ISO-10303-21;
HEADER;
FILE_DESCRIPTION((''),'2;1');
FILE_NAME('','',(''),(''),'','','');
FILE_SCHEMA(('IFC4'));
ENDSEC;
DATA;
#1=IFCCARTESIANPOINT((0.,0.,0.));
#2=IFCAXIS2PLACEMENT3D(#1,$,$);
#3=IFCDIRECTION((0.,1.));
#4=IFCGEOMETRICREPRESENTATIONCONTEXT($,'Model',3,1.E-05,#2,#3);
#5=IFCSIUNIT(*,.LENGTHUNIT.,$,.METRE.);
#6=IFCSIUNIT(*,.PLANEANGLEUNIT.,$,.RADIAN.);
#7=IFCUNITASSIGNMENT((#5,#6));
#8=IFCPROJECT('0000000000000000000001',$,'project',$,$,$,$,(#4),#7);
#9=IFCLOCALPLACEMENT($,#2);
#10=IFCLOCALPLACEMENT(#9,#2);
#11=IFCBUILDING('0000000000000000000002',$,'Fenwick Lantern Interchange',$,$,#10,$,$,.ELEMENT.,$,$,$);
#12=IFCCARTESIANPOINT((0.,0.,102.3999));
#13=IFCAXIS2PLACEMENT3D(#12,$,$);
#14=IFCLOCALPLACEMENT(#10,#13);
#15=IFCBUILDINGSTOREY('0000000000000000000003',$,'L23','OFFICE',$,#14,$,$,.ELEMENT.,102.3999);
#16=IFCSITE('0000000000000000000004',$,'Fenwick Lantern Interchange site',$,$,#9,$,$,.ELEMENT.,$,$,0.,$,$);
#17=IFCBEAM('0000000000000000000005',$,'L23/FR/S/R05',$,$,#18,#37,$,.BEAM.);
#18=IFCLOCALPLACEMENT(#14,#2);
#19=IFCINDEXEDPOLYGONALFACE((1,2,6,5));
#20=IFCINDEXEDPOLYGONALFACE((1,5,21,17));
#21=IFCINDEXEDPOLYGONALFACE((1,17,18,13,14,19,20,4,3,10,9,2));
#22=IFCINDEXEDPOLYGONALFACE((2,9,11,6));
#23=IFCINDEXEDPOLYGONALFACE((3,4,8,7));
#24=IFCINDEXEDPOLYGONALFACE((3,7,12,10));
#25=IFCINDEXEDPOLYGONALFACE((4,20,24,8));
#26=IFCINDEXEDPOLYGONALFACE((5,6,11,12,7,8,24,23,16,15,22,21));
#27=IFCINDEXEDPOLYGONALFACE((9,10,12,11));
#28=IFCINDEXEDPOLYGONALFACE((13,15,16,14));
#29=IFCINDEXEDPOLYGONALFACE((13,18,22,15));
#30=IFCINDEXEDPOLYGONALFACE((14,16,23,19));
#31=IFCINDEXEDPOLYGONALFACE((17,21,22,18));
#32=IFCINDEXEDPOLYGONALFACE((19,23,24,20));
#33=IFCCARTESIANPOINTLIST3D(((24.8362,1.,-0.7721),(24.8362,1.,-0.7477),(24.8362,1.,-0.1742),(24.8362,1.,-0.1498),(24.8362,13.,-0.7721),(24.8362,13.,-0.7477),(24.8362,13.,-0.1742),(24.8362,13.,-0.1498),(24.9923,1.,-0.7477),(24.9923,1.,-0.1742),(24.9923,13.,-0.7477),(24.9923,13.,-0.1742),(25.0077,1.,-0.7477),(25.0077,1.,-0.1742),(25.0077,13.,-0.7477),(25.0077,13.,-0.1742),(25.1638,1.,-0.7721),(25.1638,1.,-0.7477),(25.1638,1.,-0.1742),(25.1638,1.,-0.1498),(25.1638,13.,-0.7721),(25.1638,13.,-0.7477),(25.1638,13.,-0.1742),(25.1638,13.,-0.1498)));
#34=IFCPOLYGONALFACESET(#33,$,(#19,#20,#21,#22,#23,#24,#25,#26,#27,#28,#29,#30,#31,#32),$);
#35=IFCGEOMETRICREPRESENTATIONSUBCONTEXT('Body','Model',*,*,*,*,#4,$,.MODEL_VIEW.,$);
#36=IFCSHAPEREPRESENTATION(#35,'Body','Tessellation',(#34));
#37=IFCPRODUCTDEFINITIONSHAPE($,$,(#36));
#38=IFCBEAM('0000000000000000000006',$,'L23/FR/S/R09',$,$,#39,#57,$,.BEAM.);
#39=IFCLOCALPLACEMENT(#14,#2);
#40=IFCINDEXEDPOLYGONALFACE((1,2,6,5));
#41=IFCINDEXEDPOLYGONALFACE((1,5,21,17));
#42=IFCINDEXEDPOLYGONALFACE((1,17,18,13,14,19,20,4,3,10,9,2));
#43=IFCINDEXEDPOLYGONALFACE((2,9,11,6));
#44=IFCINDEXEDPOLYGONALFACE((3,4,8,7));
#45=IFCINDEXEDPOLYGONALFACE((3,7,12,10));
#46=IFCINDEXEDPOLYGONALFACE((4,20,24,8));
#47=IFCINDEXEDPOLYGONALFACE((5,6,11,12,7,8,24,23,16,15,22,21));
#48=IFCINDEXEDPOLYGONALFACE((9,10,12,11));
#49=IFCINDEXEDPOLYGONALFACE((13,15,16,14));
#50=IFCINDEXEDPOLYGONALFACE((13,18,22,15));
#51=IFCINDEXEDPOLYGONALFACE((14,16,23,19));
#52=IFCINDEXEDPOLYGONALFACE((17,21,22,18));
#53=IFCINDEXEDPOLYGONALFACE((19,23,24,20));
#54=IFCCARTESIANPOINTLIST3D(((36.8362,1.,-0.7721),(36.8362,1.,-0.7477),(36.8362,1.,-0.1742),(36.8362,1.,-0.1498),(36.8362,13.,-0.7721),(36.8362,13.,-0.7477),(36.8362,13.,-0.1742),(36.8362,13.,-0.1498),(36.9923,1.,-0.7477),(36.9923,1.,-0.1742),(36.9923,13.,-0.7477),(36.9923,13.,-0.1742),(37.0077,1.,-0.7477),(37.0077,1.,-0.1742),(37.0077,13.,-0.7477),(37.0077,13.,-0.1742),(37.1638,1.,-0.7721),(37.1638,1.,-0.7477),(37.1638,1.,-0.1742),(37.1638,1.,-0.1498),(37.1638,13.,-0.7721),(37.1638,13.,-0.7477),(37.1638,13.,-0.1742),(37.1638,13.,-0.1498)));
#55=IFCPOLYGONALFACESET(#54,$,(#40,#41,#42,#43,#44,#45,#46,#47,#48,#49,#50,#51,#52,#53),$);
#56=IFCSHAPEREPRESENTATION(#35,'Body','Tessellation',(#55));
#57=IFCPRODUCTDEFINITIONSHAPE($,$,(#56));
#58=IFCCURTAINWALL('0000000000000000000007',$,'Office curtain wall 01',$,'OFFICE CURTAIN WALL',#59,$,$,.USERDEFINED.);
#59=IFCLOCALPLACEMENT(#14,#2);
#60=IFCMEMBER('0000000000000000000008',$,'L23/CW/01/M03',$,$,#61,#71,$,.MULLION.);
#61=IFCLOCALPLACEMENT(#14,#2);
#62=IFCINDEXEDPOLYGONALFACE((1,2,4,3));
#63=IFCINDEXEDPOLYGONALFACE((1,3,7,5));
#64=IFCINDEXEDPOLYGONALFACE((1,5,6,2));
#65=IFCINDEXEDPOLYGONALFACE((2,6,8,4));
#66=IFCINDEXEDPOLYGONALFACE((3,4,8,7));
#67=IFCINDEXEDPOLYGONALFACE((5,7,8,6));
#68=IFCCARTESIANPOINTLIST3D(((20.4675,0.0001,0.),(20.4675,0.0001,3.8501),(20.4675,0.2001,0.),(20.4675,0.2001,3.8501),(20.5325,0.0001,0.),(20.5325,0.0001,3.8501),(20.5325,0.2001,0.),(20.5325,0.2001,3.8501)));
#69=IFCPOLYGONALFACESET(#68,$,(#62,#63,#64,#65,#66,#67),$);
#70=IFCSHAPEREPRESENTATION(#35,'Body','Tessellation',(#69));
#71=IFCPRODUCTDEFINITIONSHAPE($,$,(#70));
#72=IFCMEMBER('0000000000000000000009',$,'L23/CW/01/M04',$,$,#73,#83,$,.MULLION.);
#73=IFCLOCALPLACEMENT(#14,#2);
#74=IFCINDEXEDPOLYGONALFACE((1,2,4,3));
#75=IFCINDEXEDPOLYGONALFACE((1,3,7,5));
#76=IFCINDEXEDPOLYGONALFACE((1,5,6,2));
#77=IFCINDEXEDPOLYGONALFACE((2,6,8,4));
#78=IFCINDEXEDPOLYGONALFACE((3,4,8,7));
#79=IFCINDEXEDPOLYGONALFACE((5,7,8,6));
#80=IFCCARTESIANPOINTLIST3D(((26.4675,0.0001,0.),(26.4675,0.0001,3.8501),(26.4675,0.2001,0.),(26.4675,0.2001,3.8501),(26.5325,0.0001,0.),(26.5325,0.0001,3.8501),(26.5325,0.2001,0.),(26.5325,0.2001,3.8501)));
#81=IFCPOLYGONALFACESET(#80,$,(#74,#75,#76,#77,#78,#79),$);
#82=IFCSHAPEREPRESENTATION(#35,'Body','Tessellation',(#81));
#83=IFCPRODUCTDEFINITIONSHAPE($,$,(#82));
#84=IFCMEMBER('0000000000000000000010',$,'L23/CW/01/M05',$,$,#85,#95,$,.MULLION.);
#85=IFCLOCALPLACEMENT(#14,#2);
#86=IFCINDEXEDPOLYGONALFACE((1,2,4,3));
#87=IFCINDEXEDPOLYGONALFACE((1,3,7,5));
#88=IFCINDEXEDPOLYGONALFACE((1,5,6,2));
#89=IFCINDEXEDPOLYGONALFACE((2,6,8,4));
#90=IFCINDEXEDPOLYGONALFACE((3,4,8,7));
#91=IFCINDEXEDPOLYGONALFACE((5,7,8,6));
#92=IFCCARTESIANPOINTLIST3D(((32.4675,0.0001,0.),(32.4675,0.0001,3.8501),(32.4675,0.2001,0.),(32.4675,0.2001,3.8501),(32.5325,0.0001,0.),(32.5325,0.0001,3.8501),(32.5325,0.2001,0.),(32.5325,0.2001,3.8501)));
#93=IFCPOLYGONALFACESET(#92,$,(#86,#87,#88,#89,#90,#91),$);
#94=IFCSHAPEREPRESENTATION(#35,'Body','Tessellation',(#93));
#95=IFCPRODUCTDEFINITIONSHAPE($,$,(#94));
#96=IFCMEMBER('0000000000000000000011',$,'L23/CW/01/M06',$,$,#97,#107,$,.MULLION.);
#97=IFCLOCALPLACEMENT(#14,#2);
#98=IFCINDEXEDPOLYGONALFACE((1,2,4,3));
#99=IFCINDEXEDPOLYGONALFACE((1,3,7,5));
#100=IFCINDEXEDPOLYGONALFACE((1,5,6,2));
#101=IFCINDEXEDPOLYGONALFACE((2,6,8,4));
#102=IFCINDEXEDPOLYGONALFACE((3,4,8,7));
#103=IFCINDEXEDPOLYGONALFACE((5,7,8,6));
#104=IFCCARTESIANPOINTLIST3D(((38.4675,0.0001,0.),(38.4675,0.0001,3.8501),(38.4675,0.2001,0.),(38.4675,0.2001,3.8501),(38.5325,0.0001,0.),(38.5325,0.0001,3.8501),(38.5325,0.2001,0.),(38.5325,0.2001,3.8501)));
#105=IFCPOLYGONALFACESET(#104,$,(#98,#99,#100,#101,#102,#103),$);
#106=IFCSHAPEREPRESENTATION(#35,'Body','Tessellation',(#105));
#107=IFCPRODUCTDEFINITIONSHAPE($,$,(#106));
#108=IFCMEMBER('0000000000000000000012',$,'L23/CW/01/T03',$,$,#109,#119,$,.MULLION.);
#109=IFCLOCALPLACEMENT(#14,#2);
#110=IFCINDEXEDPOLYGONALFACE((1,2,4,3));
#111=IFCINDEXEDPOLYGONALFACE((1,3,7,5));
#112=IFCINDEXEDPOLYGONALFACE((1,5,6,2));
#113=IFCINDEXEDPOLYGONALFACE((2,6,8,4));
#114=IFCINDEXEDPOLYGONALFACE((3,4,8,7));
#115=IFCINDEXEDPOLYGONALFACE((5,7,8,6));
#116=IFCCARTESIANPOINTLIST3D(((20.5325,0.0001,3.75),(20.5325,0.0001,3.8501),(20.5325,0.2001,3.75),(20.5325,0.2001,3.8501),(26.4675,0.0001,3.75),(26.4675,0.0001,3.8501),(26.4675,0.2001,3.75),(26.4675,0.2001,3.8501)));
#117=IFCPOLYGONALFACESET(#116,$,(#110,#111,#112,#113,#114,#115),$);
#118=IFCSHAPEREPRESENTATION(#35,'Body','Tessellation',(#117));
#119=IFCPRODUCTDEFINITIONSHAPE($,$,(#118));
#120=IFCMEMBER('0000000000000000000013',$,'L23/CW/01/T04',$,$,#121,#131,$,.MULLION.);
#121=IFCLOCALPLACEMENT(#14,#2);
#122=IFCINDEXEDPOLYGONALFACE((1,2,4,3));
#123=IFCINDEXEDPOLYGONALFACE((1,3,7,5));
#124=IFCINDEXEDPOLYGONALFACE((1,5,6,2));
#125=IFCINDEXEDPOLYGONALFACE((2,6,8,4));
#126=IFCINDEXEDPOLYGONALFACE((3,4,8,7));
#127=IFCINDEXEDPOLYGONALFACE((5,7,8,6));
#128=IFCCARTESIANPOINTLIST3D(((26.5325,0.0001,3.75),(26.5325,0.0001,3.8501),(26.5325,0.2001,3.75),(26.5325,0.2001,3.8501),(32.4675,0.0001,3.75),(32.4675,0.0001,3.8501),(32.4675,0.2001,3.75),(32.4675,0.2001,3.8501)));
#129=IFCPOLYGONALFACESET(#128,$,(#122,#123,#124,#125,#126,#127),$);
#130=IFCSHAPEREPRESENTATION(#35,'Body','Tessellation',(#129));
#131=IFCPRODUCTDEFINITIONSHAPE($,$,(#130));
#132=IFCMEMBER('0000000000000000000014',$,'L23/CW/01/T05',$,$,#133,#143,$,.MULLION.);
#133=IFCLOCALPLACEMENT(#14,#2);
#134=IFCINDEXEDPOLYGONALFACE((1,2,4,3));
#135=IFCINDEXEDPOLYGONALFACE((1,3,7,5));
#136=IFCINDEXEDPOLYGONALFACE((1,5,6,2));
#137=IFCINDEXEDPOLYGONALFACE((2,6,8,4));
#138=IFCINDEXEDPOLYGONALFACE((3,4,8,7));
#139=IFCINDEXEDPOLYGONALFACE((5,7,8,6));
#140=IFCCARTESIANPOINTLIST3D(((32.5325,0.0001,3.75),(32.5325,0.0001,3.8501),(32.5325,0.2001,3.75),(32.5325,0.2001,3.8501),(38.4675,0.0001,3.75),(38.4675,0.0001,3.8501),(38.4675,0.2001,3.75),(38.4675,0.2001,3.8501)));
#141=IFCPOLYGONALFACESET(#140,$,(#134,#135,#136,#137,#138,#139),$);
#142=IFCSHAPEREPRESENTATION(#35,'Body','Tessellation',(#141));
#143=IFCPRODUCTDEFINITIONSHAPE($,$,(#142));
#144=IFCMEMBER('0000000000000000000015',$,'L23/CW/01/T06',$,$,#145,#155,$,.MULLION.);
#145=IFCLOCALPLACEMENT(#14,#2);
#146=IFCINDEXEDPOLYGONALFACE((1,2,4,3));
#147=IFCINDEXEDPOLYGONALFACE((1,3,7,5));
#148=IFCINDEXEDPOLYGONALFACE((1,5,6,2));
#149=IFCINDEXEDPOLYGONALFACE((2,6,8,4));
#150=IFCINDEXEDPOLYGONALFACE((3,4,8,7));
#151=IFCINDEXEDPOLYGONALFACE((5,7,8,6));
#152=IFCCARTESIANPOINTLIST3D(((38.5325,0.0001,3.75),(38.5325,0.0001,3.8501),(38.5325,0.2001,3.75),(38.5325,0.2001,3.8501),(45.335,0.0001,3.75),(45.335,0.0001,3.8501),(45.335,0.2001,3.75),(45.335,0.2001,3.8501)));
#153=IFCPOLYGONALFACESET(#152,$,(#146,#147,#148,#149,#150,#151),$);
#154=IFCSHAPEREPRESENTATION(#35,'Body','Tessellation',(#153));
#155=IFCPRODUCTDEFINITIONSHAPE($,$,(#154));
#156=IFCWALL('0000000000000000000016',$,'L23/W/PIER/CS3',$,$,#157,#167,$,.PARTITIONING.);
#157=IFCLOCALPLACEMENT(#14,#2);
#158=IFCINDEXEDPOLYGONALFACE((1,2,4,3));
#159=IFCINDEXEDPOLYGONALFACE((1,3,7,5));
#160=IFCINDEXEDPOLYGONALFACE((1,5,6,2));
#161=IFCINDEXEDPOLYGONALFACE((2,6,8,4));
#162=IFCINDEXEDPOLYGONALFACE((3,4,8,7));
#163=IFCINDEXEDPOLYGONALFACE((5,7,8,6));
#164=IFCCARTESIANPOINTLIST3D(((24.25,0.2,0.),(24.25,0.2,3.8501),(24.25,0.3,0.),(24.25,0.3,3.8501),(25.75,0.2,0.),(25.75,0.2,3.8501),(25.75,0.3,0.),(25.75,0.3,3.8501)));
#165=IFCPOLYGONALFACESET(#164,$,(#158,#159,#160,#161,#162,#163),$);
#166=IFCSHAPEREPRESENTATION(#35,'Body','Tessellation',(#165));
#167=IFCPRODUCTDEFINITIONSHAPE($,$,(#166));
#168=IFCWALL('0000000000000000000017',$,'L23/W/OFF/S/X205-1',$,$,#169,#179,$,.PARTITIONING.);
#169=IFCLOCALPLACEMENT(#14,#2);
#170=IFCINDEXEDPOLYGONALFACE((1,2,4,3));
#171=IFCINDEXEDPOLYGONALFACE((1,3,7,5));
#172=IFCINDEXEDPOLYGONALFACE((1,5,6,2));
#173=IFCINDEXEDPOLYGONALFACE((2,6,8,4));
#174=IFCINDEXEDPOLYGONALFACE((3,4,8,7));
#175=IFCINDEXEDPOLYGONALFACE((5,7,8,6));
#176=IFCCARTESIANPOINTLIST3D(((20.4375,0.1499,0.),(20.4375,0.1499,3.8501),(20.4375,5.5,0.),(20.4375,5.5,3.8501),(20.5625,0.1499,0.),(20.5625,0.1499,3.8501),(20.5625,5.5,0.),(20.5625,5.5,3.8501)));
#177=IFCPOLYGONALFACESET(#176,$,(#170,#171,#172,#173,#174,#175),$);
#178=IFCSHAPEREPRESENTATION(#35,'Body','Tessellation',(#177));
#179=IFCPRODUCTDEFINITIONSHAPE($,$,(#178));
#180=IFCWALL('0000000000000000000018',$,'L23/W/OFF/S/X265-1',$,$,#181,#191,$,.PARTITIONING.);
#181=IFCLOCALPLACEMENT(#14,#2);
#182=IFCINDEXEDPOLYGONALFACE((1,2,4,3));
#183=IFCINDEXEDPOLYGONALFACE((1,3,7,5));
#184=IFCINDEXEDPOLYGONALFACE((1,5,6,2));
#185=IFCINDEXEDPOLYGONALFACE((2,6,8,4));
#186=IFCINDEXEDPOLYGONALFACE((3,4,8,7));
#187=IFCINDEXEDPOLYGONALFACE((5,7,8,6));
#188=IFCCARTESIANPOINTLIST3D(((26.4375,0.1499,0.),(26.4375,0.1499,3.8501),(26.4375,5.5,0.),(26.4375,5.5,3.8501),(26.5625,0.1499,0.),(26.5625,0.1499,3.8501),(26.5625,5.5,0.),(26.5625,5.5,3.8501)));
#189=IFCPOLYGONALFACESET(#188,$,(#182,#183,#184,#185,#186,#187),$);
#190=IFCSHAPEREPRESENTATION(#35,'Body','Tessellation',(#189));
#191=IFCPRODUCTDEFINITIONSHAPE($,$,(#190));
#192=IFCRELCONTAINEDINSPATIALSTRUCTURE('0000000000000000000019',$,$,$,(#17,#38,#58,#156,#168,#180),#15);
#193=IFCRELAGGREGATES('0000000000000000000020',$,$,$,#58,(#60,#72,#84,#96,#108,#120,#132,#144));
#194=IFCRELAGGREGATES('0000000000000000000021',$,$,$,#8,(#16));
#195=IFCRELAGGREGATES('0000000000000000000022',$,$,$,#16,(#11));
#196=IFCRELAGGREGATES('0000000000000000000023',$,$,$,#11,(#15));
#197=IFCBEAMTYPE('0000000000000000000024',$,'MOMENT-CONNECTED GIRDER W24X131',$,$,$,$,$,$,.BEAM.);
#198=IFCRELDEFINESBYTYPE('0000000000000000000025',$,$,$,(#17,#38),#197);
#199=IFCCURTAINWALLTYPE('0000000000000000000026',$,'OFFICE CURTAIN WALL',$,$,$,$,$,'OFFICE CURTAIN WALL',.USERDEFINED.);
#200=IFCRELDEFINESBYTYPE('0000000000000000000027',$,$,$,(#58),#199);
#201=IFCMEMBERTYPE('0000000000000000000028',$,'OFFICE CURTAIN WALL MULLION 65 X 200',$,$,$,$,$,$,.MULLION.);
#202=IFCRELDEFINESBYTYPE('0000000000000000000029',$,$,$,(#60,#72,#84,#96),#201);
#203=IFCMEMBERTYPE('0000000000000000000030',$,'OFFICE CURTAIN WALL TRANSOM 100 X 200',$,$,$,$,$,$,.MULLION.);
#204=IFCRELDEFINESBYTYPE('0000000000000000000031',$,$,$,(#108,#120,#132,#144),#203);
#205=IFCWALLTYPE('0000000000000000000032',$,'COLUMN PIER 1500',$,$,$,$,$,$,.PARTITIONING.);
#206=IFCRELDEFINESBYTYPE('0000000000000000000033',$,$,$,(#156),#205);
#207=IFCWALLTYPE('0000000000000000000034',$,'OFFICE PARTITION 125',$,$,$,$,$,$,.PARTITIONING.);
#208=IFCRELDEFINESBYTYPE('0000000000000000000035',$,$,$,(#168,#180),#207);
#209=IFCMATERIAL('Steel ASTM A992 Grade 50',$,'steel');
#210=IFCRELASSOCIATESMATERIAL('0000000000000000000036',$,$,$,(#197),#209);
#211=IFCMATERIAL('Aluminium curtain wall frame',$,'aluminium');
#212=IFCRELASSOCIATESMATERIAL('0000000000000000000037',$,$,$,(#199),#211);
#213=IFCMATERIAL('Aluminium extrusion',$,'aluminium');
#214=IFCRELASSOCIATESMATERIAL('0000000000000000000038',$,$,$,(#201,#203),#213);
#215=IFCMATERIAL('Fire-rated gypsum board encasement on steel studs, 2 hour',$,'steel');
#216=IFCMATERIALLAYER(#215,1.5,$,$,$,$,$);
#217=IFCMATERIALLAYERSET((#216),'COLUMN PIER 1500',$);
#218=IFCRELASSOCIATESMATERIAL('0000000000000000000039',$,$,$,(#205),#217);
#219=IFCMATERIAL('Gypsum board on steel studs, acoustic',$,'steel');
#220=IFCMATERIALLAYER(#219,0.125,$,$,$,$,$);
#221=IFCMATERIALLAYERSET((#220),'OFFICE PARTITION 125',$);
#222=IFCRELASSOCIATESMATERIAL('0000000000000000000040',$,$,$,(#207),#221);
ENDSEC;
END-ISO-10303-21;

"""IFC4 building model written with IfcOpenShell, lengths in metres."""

from ifc_helpers import new_model, si_unit, direction, frame, frame_2d, origin, origin_2d, place, context, subcontext, project, spatial, rectangle, i_section, extrude, material, layer, layer_set, material_profile, profile_set, type_object, element, aggregate, save


model = new_model("IFC4")

# Units and contexts
model_context = context("Model", 3, precision=1e-05, world=origin(), true_north=direction((0.0, 1.0)))
body_context = subcontext(model_context, "Body", "Model", "MODEL_VIEW")
ifc_project = project(units=[si_unit("LENGTHUNIT", "METRE"), si_unit("PLANEANGLEUNIT", "RADIAN")], contexts=[model_context])

# Site, building, storey
site_placement = place(None, origin())
site = spatial("IfcSite", under=ifc_project, at=site_placement, Name="Fenwick Lantern Interchange site", CompositionType="ELEMENT", RefElevation=0.0)
building_placement = place(site_placement, origin())
building = spatial("IfcBuilding", under=site, at=building_placement, Name="Fenwick Lantern Interchange", CompositionType="ELEMENT")
storey_placement = place(building_placement, frame((0.0, 0.0, 102.3999)))
storey = spatial("IfcBuildingStorey", under=building, at=storey_placement, Name="L23", Description="OFFICE", CompositionType="ELEMENT", Elevation=102.3999)

# Beams
ifc_material_1 = material(Name="Steel ASTM A992 Grade 50", Category="steel")
ifc_material_profile_1 = material_profile(ifc_material_1, i_section(OverallWidth=0.3276, OverallDepth=0.6223, WebThickness=0.0154, FlangeThickness=0.0244, at=origin_2d()), Name="W24X131")
ifc_profile_set_1 = profile_set([ifc_material_profile_1], Name="Steel ASTM A992 Grade 50")
beam_type_1 = type_object("IfcBeamType", Name="MOMENT-CONNECTED GIRDER W24X131", PredefinedType="BEAM", material=ifc_profile_set_1)
for number, where, z_axis, x_axis, name in (
    (1, (25.0, 1.0, -0.4609), (0.0, 1.0, 0.0), (-1.0, 0.0, 0.0), "L23/FR/S/R05"),
    (2, (37.0, 1.0, -0.4609), (0.0, 1.0, 0.0), (-1.0, 0.0, 0.0), "L23/FR/S/R09"),
):
    element("IfcBeam", number, at=place(storey_placement, frame(where, z_axis=z_axis, x_axis=x_axis)), inside=storey, type_object=beam_type_1, Name=name, PredefinedType="BEAM", context=body_context, shape_type="SweptSolid", body=[
        extrude(i_section(OverallWidth=0.3276, OverallDepth=0.6223, WebThickness=0.0154, FlangeThickness=0.0244, at=origin_2d()), origin(), (0.0, 0.0, 1.0), 12.0),
    ])

# Curtain wall, members
ifc_material_2 = material(Name="Aluminium curtain wall frame", Category="aluminium")
curtain_wall_type = type_object("IfcCurtainWallType", Name="OFFICE CURTAIN WALL", ElementType="OFFICE CURTAIN WALL", PredefinedType="USERDEFINED", material=ifc_material_2)
curtain_wall_placement = place(storey_placement, origin())
curtain_wall = element("IfcCurtainWall", 3, at=curtain_wall_placement, inside=storey, type_object=curtain_wall_type, Name="Office curtain wall 01", ObjectType="OFFICE CURTAIN WALL", PredefinedType="USERDEFINED")
ifc_material_3 = material(Name="Aluminium extrusion", Category="aluminium")
ifc_material_profile_2 = material_profile(ifc_material_3, rectangle(XDim=0.2, YDim=0.0649, at=origin_2d()), Name="OFFICE CURTAIN WALL MULLION 65 X 200")
ifc_profile_set_2 = profile_set([ifc_material_profile_2], Name="Aluminium extrusion")
member_type_1 = type_object("IfcMemberType", Name="OFFICE CURTAIN WALL MULLION 65 X 200", PredefinedType="MULLION", material=ifc_profile_set_2)
member_1_placement = place(storey_placement, frame((20.5, 0.1001, 0.0), z_axis=(0.0, 0.0, 1.0), x_axis=(0.0, 1.0, 0.0)))
member_1 = element("IfcMember", 4, at=member_1_placement, type_object=member_type_1, Name="L23/CW/01/M03", PredefinedType="MULLION", context=body_context, shape_type="SweptSolid", body=[
    extrude(rectangle(XDim=0.2, YDim=0.0649, at=origin_2d()), origin(), (0.0, 0.0, 1.0), 3.8501),
])
member_2_placement = place(storey_placement, frame((26.5, 0.1001, 0.0), z_axis=(0.0, 0.0, 1.0), x_axis=(0.0, 1.0, 0.0)))
member_2 = element("IfcMember", 5, at=member_2_placement, type_object=member_type_1, Name="L23/CW/01/M04", PredefinedType="MULLION", context=body_context, shape_type="SweptSolid", body=[
    extrude(rectangle(XDim=0.2, YDim=0.0649, at=origin_2d()), origin(), (0.0, 0.0, 1.0), 3.8501),
])
member_3_placement = place(storey_placement, frame((32.5, 0.1001, 0.0), z_axis=(0.0, 0.0, 1.0), x_axis=(0.0, 1.0, 0.0)))
member_3 = element("IfcMember", 6, at=member_3_placement, type_object=member_type_1, Name="L23/CW/01/M05", PredefinedType="MULLION", context=body_context, shape_type="SweptSolid", body=[
    extrude(rectangle(XDim=0.2, YDim=0.0649, at=origin_2d()), origin(), (0.0, 0.0, 1.0), 3.8501),
])
member_4_placement = place(storey_placement, frame((38.5, 0.1001, 0.0), z_axis=(0.0, 0.0, 1.0), x_axis=(0.0, 1.0, 0.0)))
member_4 = element("IfcMember", 7, at=member_4_placement, type_object=member_type_1, Name="L23/CW/01/M06", PredefinedType="MULLION", context=body_context, shape_type="SweptSolid", body=[
    extrude(rectangle(XDim=0.2, YDim=0.0649, at=origin_2d()), origin(), (0.0, 0.0, 1.0), 3.8501),
])
ifc_material_profile_3 = material_profile(ifc_material_3, rectangle(XDim=0.2, YDim=0.1001, at=origin_2d()), Name="OFFICE CURTAIN WALL TRANSOM 100 X 200")
ifc_profile_set_3 = profile_set([ifc_material_profile_3], Name="Aluminium extrusion")
member_type_2 = type_object("IfcMemberType", Name="OFFICE CURTAIN WALL TRANSOM 100 X 200", PredefinedType="MULLION", material=ifc_profile_set_3)
member_5_placement = place(storey_placement, frame((20.5325, 0.1001, 3.8), z_axis=(1.0, 0.0, 0.0), x_axis=(0.0, 1.0, 0.0)))
member_5 = element("IfcMember", 8, at=member_5_placement, type_object=member_type_2, Name="L23/CW/01/T03", PredefinedType="MULLION", context=body_context, shape_type="SweptSolid", body=[
    extrude(rectangle(XDim=0.2, YDim=0.1001, at=origin_2d()), origin(), (0.0, 0.0, 1.0), 5.9351),
])
member_6_placement = place(storey_placement, frame((26.5325, 0.1001, 3.8), z_axis=(1.0, 0.0, 0.0), x_axis=(0.0, 1.0, 0.0)))
member_6 = element("IfcMember", 9, at=member_6_placement, type_object=member_type_2, Name="L23/CW/01/T04", PredefinedType="MULLION", context=body_context, shape_type="SweptSolid", body=[
    extrude(rectangle(XDim=0.2, YDim=0.1001, at=origin_2d()), origin(), (0.0, 0.0, 1.0), 5.9351),
])
member_7_placement = place(storey_placement, frame((32.5325, 0.1001, 3.8), z_axis=(1.0, 0.0, 0.0), x_axis=(0.0, 1.0, 0.0)))
member_7 = element("IfcMember", 10, at=member_7_placement, type_object=member_type_2, Name="L23/CW/01/T05", PredefinedType="MULLION", context=body_context, shape_type="SweptSolid", body=[
    extrude(rectangle(XDim=0.2, YDim=0.1001, at=origin_2d()), origin(), (0.0, 0.0, 1.0), 5.9351),
])
member_8_placement = place(storey_placement, frame((38.5325, 0.1001, 3.8), z_axis=(1.0, 0.0, 0.0), x_axis=(0.0, 1.0, 0.0)))
member_8 = element("IfcMember", 11, at=member_8_placement, type_object=member_type_2, Name="L23/CW/01/T06", PredefinedType="MULLION", context=body_context, shape_type="SweptSolid", body=[
    extrude(rectangle(XDim=0.2, YDim=0.1001, at=origin_2d()), origin(), (0.0, 0.0, 1.0), 6.8025),
])
aggregate(curtain_wall, [member_1, member_2, member_3, member_4, member_5, member_6, member_7, member_8])

# Walls
ifc_material_4 = material(Name="Fire-rated gypsum board encasement on steel studs, 2 hour", Category="steel")
ifc_layer_1 = layer(ifc_material_4, 1.5)
ifc_layer_set_1 = layer_set([ifc_layer_1], Name="COLUMN PIER 1500")
wall_type_1 = type_object("IfcWallType", Name="COLUMN PIER 1500", PredefinedType="PARTITIONING", material=ifc_layer_set_1)
wall_1_placement = place(storey_placement, frame((25.0, 0.2, 0.0), z_axis=(0.0, 0.0, 1.0), x_axis=(0.0, 1.0, 0.0)))
element("IfcWall", 12, at=wall_1_placement, inside=storey, type_object=wall_type_1, Name="L23/W/PIER/CS3", PredefinedType="PARTITIONING", context=body_context, shape_type="SweptSolid", body=[
    extrude(rectangle(XDim=0.1001, YDim=1.5, at=frame_2d((0.05, 0.0))), origin(), (0.0, 0.0, 1.0), 3.8501),
])
ifc_material_5 = material(Name="Gypsum board on steel studs, acoustic", Category="steel")
ifc_layer_2 = layer(ifc_material_5, 0.125)
ifc_layer_set_2 = layer_set([ifc_layer_2], Name="OFFICE PARTITION 125")
wall_type_2 = type_object("IfcWallType", Name="OFFICE PARTITION 125", PredefinedType="PARTITIONING", material=ifc_layer_set_2)
for number, where, z_axis, x_axis, name in (
    (13, (20.5, 0.1499, 0.0), (0.0, 0.0, 1.0), (0.0, 1.0, 0.0), "L23/W/OFF/S/X205-1"),
    (14, (26.5, 0.1499, 0.0), (0.0, 0.0, 1.0), (0.0, 1.0, 0.0), "L23/W/OFF/S/X265-1"),
):
    element("IfcWall", number, at=place(storey_placement, frame(where, z_axis=z_axis, x_axis=x_axis)), inside=storey, type_object=wall_type_2, Name=name, PredefinedType="PARTITIONING", context=body_context, shape_type="SweptSolid", body=[
        extrude(rectangle(XDim=5.3501, YDim=0.125, at=frame_2d((2.675, 0.0))), origin(), (0.0, 0.0, 1.0), 3.8501),
    ])

save(model, "model.ifc")
